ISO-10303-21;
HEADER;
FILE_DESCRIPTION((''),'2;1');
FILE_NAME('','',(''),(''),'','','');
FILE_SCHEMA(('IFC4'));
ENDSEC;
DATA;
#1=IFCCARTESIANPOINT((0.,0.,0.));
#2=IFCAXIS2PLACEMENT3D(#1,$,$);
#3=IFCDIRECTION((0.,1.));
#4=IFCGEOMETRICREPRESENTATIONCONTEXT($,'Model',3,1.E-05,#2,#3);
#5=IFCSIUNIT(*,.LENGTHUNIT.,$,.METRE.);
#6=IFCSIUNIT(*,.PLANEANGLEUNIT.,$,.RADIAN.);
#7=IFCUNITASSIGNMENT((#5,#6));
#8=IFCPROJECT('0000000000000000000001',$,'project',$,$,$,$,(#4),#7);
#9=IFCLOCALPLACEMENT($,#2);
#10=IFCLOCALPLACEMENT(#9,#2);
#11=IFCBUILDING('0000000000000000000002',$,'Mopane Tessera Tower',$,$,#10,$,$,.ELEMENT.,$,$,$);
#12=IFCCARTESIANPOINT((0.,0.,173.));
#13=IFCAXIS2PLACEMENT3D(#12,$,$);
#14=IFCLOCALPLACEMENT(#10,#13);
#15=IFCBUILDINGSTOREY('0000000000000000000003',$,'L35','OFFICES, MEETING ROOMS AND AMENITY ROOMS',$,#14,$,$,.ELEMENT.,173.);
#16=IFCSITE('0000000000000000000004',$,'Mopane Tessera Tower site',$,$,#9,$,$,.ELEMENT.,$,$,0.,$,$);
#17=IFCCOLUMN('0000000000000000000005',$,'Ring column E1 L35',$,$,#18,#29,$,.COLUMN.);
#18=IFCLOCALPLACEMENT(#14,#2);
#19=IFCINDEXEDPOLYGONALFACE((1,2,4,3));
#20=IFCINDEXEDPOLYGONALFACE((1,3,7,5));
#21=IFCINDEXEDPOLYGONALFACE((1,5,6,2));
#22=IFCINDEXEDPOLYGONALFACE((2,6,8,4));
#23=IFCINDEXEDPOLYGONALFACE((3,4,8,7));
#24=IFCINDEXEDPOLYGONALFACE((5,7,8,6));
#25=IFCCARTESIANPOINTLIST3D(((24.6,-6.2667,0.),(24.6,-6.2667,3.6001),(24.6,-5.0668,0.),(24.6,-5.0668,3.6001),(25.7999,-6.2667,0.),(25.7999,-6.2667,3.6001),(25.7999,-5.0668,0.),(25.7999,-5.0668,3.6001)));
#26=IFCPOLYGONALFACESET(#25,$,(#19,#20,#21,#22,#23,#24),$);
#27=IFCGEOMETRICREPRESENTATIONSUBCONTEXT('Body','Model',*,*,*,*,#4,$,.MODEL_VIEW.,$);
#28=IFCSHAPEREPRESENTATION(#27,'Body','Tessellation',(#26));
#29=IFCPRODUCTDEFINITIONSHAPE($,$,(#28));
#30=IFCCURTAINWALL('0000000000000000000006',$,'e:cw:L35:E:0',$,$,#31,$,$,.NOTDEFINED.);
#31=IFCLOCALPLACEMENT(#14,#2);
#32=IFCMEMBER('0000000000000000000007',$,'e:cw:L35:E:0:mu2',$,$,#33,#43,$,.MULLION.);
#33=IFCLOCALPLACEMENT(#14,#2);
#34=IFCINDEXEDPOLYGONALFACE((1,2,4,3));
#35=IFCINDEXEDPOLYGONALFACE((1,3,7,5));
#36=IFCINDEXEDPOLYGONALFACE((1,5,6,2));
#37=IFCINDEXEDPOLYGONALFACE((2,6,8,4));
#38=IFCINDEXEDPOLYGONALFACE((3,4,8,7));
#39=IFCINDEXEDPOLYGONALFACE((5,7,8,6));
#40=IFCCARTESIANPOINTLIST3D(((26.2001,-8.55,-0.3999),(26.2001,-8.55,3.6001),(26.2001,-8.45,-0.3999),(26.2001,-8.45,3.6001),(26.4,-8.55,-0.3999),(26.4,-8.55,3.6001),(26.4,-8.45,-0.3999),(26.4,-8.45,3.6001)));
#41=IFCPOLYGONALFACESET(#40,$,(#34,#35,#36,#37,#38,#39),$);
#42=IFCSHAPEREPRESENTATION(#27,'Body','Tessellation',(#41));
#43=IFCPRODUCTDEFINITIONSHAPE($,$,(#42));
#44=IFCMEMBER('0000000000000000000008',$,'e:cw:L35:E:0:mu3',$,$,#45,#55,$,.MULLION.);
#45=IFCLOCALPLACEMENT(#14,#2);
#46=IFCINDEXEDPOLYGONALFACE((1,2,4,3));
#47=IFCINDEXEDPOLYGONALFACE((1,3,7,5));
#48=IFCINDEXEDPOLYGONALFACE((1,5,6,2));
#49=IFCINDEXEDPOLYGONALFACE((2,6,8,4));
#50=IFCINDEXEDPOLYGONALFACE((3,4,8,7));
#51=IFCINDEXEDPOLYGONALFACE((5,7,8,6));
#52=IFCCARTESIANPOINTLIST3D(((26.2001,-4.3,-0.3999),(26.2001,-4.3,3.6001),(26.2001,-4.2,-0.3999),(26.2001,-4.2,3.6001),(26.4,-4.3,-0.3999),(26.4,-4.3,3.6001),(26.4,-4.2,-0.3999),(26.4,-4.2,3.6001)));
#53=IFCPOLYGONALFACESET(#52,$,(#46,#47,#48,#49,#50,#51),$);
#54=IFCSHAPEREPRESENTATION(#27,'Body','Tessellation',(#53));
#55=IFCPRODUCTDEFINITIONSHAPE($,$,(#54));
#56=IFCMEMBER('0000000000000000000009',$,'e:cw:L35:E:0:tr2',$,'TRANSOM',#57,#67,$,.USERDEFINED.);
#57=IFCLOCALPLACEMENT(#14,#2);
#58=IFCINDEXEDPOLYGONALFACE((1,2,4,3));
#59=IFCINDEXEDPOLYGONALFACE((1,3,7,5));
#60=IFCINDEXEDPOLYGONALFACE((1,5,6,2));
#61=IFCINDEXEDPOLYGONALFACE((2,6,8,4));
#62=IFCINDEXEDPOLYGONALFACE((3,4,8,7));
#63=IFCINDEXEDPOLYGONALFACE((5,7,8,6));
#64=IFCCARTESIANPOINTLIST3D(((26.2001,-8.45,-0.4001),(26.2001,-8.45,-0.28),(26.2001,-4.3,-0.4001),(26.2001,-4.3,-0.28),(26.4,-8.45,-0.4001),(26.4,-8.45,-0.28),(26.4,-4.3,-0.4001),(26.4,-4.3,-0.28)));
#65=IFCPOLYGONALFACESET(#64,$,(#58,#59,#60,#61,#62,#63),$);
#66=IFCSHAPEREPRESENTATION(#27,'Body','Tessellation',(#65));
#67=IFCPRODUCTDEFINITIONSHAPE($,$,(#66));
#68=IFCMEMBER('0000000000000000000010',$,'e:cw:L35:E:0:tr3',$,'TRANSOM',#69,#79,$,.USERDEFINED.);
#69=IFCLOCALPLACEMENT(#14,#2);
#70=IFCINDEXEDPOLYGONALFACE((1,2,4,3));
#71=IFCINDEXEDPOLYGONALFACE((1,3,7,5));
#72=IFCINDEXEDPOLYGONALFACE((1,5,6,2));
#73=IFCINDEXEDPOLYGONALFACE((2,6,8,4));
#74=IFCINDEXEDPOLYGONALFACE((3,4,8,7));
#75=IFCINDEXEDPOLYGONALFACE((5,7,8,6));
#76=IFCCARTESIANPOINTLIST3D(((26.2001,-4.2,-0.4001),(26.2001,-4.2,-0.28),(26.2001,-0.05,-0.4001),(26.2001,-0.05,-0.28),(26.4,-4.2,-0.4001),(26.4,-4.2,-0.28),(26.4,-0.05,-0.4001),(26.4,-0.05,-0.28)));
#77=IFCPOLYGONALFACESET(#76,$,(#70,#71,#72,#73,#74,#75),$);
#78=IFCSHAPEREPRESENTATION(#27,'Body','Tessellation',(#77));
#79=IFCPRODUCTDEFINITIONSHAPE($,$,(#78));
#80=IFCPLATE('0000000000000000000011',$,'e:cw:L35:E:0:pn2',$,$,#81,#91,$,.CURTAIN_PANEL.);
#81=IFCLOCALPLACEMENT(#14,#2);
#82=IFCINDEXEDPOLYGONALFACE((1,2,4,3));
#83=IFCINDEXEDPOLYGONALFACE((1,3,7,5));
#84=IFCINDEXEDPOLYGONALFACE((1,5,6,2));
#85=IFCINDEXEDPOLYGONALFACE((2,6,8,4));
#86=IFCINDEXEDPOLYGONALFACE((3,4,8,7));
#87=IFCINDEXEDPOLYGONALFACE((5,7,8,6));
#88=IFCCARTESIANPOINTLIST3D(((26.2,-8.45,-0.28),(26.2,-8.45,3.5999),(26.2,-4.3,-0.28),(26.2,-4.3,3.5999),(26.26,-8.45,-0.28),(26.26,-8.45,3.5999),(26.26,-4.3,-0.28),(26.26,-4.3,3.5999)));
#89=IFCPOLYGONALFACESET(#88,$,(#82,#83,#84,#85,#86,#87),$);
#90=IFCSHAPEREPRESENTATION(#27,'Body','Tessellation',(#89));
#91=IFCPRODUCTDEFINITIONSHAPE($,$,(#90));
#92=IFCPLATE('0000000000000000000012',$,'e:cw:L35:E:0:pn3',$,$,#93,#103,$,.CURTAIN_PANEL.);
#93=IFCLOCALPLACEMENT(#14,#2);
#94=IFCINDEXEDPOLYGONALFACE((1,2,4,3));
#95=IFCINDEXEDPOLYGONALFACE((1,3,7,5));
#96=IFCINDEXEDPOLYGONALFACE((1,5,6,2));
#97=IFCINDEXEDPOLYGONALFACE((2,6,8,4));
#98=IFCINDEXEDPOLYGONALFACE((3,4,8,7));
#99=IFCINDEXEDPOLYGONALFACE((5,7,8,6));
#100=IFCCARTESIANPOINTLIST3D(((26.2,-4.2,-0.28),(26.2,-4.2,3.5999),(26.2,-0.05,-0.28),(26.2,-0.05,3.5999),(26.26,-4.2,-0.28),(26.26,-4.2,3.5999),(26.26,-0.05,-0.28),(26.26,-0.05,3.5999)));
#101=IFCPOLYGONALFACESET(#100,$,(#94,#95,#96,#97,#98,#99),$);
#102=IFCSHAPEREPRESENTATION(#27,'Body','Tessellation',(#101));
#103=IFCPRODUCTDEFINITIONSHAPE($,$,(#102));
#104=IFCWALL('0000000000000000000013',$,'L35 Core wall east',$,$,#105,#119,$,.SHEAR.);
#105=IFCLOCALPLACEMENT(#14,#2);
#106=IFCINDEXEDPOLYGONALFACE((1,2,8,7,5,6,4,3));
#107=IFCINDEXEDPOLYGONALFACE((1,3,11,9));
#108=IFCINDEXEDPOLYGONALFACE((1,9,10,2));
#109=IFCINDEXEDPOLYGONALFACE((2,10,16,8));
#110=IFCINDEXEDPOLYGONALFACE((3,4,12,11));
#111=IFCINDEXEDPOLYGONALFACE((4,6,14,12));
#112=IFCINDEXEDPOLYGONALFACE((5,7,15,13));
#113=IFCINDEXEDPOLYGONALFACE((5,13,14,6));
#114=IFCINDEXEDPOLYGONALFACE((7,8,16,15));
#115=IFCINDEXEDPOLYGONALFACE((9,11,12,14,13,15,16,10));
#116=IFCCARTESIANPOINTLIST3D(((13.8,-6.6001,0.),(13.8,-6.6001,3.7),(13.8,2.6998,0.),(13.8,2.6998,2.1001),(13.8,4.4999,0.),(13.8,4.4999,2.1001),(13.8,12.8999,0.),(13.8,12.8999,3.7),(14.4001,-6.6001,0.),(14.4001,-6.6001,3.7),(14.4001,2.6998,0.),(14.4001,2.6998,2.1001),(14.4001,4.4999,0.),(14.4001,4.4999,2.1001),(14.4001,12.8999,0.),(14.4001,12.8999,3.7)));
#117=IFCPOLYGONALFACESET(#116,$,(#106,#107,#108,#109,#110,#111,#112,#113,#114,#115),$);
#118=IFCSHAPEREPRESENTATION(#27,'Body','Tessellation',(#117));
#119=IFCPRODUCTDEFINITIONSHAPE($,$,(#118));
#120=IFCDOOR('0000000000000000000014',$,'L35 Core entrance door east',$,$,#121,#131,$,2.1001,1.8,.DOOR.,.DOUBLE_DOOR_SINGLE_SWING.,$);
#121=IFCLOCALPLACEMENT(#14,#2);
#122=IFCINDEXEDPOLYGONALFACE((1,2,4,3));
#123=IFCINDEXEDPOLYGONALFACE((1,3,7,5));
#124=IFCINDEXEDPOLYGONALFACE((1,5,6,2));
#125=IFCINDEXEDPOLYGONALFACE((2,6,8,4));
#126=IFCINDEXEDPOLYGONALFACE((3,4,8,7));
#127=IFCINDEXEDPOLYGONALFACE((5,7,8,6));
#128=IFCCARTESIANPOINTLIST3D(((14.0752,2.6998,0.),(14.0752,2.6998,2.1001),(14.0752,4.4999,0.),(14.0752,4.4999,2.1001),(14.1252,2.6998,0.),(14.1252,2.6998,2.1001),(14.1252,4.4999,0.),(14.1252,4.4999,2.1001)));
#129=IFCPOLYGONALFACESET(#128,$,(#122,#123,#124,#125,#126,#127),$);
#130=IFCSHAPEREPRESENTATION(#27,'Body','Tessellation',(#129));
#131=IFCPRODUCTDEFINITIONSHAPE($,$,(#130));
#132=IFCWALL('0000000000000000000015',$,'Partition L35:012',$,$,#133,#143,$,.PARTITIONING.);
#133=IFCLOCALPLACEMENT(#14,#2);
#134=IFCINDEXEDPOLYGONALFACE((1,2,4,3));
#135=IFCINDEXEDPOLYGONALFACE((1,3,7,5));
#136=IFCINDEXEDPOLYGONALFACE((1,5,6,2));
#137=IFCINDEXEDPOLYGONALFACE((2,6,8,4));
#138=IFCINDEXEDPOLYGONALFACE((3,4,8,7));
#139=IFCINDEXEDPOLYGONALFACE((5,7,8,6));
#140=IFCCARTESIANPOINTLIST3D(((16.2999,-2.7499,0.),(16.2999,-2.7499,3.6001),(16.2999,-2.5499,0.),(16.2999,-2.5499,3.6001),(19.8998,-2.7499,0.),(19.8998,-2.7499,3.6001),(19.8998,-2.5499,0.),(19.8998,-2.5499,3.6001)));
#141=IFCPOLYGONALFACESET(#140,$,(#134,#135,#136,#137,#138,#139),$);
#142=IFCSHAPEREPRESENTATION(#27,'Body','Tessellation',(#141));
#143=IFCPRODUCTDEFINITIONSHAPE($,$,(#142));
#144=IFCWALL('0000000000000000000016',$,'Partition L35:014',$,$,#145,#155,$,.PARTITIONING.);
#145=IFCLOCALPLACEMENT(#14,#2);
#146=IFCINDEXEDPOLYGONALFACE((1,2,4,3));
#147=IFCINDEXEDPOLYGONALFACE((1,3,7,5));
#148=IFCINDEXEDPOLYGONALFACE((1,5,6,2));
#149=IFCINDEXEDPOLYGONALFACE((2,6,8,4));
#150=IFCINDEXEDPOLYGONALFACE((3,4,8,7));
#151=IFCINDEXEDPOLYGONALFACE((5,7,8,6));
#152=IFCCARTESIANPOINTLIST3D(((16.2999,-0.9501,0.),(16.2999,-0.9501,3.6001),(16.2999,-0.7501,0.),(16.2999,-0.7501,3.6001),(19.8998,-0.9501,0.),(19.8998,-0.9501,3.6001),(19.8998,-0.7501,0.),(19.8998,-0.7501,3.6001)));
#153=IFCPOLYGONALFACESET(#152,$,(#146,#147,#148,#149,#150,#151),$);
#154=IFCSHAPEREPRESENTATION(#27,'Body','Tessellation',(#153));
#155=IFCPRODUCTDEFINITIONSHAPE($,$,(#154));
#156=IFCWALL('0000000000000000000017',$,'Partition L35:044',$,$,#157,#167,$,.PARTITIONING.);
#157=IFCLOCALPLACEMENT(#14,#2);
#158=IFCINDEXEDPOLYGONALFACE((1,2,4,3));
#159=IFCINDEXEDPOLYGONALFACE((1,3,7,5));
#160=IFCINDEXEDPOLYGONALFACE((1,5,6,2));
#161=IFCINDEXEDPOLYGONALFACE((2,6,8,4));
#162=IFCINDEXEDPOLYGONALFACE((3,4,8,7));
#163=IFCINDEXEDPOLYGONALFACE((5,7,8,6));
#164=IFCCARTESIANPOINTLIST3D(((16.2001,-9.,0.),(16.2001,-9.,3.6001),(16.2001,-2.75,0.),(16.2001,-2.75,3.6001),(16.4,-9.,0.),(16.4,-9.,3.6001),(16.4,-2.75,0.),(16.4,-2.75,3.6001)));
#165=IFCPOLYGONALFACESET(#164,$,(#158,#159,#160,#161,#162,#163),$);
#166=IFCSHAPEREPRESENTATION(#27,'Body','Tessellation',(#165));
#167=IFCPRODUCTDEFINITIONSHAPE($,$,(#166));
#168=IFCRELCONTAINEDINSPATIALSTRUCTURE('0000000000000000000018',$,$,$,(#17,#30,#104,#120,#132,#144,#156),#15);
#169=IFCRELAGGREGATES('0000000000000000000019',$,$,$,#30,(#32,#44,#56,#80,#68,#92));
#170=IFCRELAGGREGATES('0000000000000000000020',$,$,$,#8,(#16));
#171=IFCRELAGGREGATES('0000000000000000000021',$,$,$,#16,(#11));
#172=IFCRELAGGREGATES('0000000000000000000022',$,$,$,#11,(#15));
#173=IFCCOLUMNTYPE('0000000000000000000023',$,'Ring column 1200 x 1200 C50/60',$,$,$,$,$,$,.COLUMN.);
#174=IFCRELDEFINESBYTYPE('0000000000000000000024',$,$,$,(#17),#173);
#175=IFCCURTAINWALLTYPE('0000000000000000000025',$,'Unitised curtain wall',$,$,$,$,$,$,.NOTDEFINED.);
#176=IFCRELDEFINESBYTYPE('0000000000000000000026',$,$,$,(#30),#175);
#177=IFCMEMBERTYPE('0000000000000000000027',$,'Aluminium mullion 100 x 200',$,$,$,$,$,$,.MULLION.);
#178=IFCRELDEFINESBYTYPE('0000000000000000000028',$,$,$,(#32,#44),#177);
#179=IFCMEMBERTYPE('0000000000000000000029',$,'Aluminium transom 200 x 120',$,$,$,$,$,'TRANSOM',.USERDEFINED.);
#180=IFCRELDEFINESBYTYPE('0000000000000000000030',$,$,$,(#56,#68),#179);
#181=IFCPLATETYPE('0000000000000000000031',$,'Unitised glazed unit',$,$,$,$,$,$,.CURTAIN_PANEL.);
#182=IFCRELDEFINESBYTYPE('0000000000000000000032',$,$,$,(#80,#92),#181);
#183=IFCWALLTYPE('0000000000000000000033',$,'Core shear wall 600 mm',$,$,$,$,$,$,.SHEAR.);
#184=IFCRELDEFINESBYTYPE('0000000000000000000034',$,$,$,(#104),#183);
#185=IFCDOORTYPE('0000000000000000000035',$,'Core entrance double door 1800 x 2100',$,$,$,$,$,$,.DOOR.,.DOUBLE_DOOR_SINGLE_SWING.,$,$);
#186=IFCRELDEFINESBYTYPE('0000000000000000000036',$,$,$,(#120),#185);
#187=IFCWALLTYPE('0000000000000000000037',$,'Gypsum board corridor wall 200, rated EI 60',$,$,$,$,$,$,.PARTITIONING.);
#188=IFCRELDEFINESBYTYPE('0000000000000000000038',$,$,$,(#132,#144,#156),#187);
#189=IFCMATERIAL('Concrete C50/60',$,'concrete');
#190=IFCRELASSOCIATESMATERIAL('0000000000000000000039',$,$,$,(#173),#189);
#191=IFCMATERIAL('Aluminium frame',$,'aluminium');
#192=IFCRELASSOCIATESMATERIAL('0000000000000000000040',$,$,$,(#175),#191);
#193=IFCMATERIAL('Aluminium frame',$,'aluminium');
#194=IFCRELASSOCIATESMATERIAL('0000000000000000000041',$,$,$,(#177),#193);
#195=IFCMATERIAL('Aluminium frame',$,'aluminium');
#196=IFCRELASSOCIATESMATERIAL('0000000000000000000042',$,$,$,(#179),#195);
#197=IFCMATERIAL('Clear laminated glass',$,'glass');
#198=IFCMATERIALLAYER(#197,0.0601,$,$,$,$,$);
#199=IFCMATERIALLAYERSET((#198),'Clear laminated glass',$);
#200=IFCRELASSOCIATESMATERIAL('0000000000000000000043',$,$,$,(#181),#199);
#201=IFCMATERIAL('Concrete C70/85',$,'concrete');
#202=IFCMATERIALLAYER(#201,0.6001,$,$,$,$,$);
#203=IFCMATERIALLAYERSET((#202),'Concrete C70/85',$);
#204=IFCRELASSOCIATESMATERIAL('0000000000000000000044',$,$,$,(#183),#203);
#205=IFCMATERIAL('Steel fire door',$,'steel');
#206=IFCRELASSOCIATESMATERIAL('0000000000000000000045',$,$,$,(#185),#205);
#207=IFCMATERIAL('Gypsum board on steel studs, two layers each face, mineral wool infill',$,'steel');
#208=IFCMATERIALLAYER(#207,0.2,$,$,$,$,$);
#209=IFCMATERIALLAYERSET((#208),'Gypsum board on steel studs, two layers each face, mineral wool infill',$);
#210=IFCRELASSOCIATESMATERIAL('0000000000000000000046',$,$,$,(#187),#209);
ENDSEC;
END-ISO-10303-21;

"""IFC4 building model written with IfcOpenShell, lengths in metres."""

from ifc_helpers import new_model, si_unit, direction, frame, frame_2d, origin, origin_2d, place, context, subcontext, project, spatial, rectangle, extrude, material, layer, layer_set, material_profile, profile_set, type_object, element, fill, aggregate, save


model = new_model("IFC4")

# Units and contexts
model_context = context("Model", 3, precision=1e-05, world=origin(), true_north=direction((0.0, 1.0)))
body_context = subcontext(model_context, "Body", "Model", "MODEL_VIEW")
ifc_project = project(units=[si_unit("LENGTHUNIT", "METRE"), si_unit("PLANEANGLEUNIT", "RADIAN")], contexts=[model_context])

# Site, building, storey
site_placement = place(None, origin())
site = spatial("IfcSite", under=ifc_project, at=site_placement, Name="Mopane Tessera Tower site", CompositionType="ELEMENT", RefElevation=0.0)
building_placement = place(site_placement, origin())
building = spatial("IfcBuilding", under=site, at=building_placement, Name="Mopane Tessera Tower", CompositionType="ELEMENT")
storey_placement = place(building_placement, frame((0.0, 0.0, 173.0)))
storey = spatial("IfcBuildingStorey", under=building, at=storey_placement, Name="L35", Description="OFFICES, MEETING ROOMS AND AMENITY ROOMS", CompositionType="ELEMENT", Elevation=173.0)

# Column
ifc_material_1 = material(Name="Concrete C50/60", Category="concrete")
ifc_material_profile_1 = material_profile(ifc_material_1, rectangle(XDim=1.2, YDim=1.2, at=origin_2d()))
ifc_profile_set_1 = profile_set([ifc_material_profile_1], Name="Concrete C50/60")
column_type = type_object("IfcColumnType", Name="Ring column 1200 x 1200 C50/60", PredefinedType="COLUMN", material=ifc_profile_set_1)
column_placement = place(storey_placement, frame((25.2, -5.6667, 0.0), z_axis=(0.0, 0.0, 1.0), x_axis=(1.0, 0.0, 0.0)))
element("IfcColumn", 1, at=column_placement, inside=storey, type_object=column_type, Name="Ring column E1 L35", PredefinedType="COLUMN", context=body_context, shape_type="SweptSolid", body=[
    extrude(rectangle(XDim=1.2, YDim=1.2, at=origin_2d()), origin(), (0.0, 0.0, 1.0), 3.6001),
])

# Curtain wall, members, plates
ifc_material_2 = material(Name="Aluminium frame", Category="aluminium")
curtain_wall_type = type_object("IfcCurtainWallType", Name="Unitised curtain wall", PredefinedType="NOTDEFINED", material=ifc_material_2)
curtain_wall_placement = place(storey_placement, origin())
curtain_wall = element("IfcCurtainWall", 2, at=curtain_wall_placement, inside=storey, type_object=curtain_wall_type, Name="e:cw:L35:E:0", PredefinedType="NOTDEFINED")
ifc_material_3 = material(Name="Aluminium frame", Category="aluminium")
ifc_material_profile_2 = material_profile(ifc_material_3, rectangle(XDim=0.1001, YDim=0.2, at=origin_2d()))
ifc_profile_set_2 = profile_set([ifc_material_profile_2], Name="Aluminium frame")
member_type_1 = type_object("IfcMemberType", Name="Aluminium mullion 100 x 200", PredefinedType="MULLION", material=ifc_profile_set_2)
member_1_placement = place(storey_placement, frame((26.3, -8.5, -0.3999), z_axis=(0.0, 0.0, 1.0), x_axis=(0.0, 1.0, 0.0)))
member_1 = element("IfcMember", 3, at=member_1_placement, type_object=member_type_1, Name="e:cw:L35:E:0:mu2", PredefinedType="MULLION", context=body_context, shape_type="SweptSolid", body=[
    extrude(rectangle(XDim=0.1001, YDim=0.2, at=origin_2d()), origin(), (0.0, 0.0, 1.0), 4.0),
])
member_2_placement = place(storey_placement, frame((26.3, -4.25, -0.3999), z_axis=(0.0, 0.0, 1.0), x_axis=(0.0, 1.0, 0.0)))
member_2 = element("IfcMember", 4, at=member_2_placement, type_object=member_type_1, Name="e:cw:L35:E:0:mu3", PredefinedType="MULLION", context=body_context, shape_type="SweptSolid", body=[
    extrude(rectangle(XDim=0.1001, YDim=0.2, at=origin_2d()), origin(), (0.0, 0.0, 1.0), 4.0),
])
ifc_material_4 = material(Name="Aluminium frame", Category="aluminium")
ifc_material_profile_3 = material_profile(ifc_material_4, rectangle(XDim=0.2, YDim=0.1201, at=origin_2d()))
ifc_profile_set_3 = profile_set([ifc_material_profile_3], Name="Aluminium frame")
member_type_2 = type_object("IfcMemberType", Name="Aluminium transom 200 x 120", ElementType="TRANSOM", PredefinedType="USERDEFINED", material=ifc_profile_set_3)
member_3_placement = place(storey_placement, frame((26.3, -8.45, -0.3401), z_axis=(0.0, 1.0, 0.0), x_axis=(-1.0, 0.0, 0.0)))
member_3 = element("IfcMember", 5, at=member_3_placement, type_object=member_type_2, Name="e:cw:L35:E:0:tr2", ObjectType="TRANSOM", PredefinedType="USERDEFINED", context=body_context, shape_type="SweptSolid", body=[
    extrude(rectangle(XDim=0.2, YDim=0.1201, at=origin_2d()), origin(), (0.0, 0.0, 1.0), 4.1499),
])
member_4_placement = place(storey_placement, frame((26.3, -4.2, -0.3401), z_axis=(0.0, 1.0, 0.0), x_axis=(-1.0, 0.0, 0.0)))
member_4 = element("IfcMember", 6, at=member_4_placement, type_object=member_type_2, Name="e:cw:L35:E:0:tr3", ObjectType="TRANSOM", PredefinedType="USERDEFINED", context=body_context, shape_type="SweptSolid", body=[
    extrude(rectangle(XDim=0.2, YDim=0.1201, at=origin_2d()), origin(), (0.0, 0.0, 1.0), 4.1499),
])
ifc_material_5 = material(Name="Clear laminated glass", Category="glass")
ifc_layer_1 = layer(ifc_material_5, 0.0601)
ifc_layer_set_1 = layer_set([ifc_layer_1], Name="Clear laminated glass")
plate_type = type_object("IfcPlateType", Name="Unitised glazed unit", PredefinedType="CURTAIN_PANEL", material=ifc_layer_set_1)
plate_1_placement = place(storey_placement, frame((26.23, -6.375, -0.28), z_axis=(0.0, 0.0, 1.0), x_axis=(0.0, 1.0, 0.0)))
plate_1 = element("IfcPlate", 7, at=plate_1_placement, type_object=plate_type, Name="e:cw:L35:E:0:pn2", PredefinedType="CURTAIN_PANEL", context=body_context, shape_type="SweptSolid", body=[
    extrude(rectangle(XDim=4.1499, YDim=0.0601, at=origin_2d()), origin(), (0.0, 0.0, 1.0), 3.8799),
])
plate_2_placement = place(storey_placement, frame((26.23, -2.125, -0.28), z_axis=(0.0, 0.0, 1.0), x_axis=(0.0, 1.0, 0.0)))
plate_2 = element("IfcPlate", 8, at=plate_2_placement, type_object=plate_type, Name="e:cw:L35:E:0:pn3", PredefinedType="CURTAIN_PANEL", context=body_context, shape_type="SweptSolid", body=[
    extrude(rectangle(XDim=4.1499, YDim=0.0601, at=origin_2d()), origin(), (0.0, 0.0, 1.0), 3.8799),
])
aggregate(curtain_wall, [member_1, member_2, member_3, plate_1, member_4, plate_2])

# Wall, opening, door
ifc_material_6 = material(Name="Concrete C70/85", Category="concrete")
ifc_layer_2 = layer(ifc_material_6, 0.6001)
ifc_layer_set_2 = layer_set([ifc_layer_2], Name="Concrete C70/85")
wall_type_1 = type_object("IfcWallType", Name="Core shear wall 600 mm", PredefinedType="SHEAR", material=ifc_layer_set_2)
wall_1_placement = place(storey_placement, frame((14.1001, -6.6001, 0.0), z_axis=(0.0, 0.0, 1.0), x_axis=(0.0, 1.0, 0.0)))
wall_1 = element("IfcWall", 9, at=wall_1_placement, inside=storey, type_object=wall_type_1, Name="L35 Core wall east", PredefinedType="SHEAR", context=body_context, shape_type="SweptSolid", body=[
    extrude(rectangle(XDim=19.5, YDim=0.6001, at=frame_2d((9.75, 0.0))), origin(), (0.0, 0.0, 1.0), 3.7),
])
opening_1_placement = place(wall_1_placement, frame((9.3, 0.0, 0.0)))
opening_1 = element("IfcOpeningElement", 10, at=opening_1_placement, cuts=wall_1, PredefinedType="OPENING", context=body_context, shape_type="SweptSolid", body=[
    extrude(rectangle(XDim=1.8, YDim=2.1001, at=frame_2d((0.8999, 1.05))), frame((0.0, 0.312, 0.0), z_axis=(0.0, -1.0, 0.0), x_axis=(1.0, 0.0, 0.0)), (0.0, 0.0, 1.0), 0.624),
])
ifc_material_7 = material(Name="Steel fire door", Category="steel")
door_type_1 = type_object("IfcDoorType", Name="Core entrance double door 1800 x 2100", OperationType="DOUBLE_DOOR_SINGLE_SWING", PredefinedType="DOOR", material=ifc_material_7)
door_1_placement = place(opening_1_placement, origin())
door_1 = element("IfcDoor", 11, at=door_1_placement, inside=storey, type_object=door_type_1, Name="L35 Core entrance door east", OperationType="DOUBLE_DOOR_SINGLE_SWING", OverallHeight=2.1001, OverallWidth=1.8, PredefinedType="DOOR", context=body_context, shape_type="SweptSolid", body=[
    extrude(rectangle(XDim=1.8, YDim=2.1001, at=frame_2d((0.8999, 1.05))), frame((0.0, 0.0249, 0.0), z_axis=(0.0, -1.0, 0.0), x_axis=(1.0, 0.0, 0.0)), (0.0, 0.0, 1.0), 0.05),
])
fill(opening_1, door_1)

# Walls
ifc_material_8 = material(Name="Gypsum board on steel studs, two layers each face, mineral wool infill", Category="steel")
ifc_layer_3 = layer(ifc_material_8, 0.2)
ifc_layer_set_3 = layer_set([ifc_layer_3], Name="Gypsum board on steel studs, two layers each face, mineral wool infill")
wall_type_2 = type_object("IfcWallType", Name="Gypsum board corridor wall 200, rated EI 60", PredefinedType="PARTITIONING", material=ifc_layer_set_3)
for number, where, z_axis, x_axis, name in (
    (12, (16.3, -2.6499, 0.0), (0.0, 0.0, 1.0), (1.0, 0.0, 0.0), "Partition L35:012"),
    (13, (16.3, -0.8501, 0.0), (0.0, 0.0, 1.0), (1.0, 0.0, 0.0), "Partition L35:014"),
):
    element("IfcWall", number, at=place(storey_placement, frame(where, z_axis=z_axis, x_axis=x_axis)), inside=storey, type_object=wall_type_2, Name=name, PredefinedType="PARTITIONING", context=body_context, shape_type="SweptSolid", body=[
        extrude(rectangle(XDim=3.5999, YDim=0.2, at=frame_2d((1.7998, 0.0))), origin(), (0.0, 0.0, 1.0), 3.6001),
    ])
wall_2_placement = place(storey_placement, frame((16.3, -9.0, 0.0), z_axis=(0.0, 0.0, 1.0), x_axis=(0.0, 1.0, 0.0)))
element("IfcWall", 14, at=wall_2_placement, inside=storey, type_object=wall_type_2, Name="Partition L35:044", PredefinedType="PARTITIONING", context=body_context, shape_type="SweptSolid", body=[
    extrude(rectangle(XDim=6.25, YDim=0.2, at=frame_2d((3.125, 0.0))), origin(), (0.0, 0.0, 1.0), 3.6001),
])

save(model, "model.ifc")
